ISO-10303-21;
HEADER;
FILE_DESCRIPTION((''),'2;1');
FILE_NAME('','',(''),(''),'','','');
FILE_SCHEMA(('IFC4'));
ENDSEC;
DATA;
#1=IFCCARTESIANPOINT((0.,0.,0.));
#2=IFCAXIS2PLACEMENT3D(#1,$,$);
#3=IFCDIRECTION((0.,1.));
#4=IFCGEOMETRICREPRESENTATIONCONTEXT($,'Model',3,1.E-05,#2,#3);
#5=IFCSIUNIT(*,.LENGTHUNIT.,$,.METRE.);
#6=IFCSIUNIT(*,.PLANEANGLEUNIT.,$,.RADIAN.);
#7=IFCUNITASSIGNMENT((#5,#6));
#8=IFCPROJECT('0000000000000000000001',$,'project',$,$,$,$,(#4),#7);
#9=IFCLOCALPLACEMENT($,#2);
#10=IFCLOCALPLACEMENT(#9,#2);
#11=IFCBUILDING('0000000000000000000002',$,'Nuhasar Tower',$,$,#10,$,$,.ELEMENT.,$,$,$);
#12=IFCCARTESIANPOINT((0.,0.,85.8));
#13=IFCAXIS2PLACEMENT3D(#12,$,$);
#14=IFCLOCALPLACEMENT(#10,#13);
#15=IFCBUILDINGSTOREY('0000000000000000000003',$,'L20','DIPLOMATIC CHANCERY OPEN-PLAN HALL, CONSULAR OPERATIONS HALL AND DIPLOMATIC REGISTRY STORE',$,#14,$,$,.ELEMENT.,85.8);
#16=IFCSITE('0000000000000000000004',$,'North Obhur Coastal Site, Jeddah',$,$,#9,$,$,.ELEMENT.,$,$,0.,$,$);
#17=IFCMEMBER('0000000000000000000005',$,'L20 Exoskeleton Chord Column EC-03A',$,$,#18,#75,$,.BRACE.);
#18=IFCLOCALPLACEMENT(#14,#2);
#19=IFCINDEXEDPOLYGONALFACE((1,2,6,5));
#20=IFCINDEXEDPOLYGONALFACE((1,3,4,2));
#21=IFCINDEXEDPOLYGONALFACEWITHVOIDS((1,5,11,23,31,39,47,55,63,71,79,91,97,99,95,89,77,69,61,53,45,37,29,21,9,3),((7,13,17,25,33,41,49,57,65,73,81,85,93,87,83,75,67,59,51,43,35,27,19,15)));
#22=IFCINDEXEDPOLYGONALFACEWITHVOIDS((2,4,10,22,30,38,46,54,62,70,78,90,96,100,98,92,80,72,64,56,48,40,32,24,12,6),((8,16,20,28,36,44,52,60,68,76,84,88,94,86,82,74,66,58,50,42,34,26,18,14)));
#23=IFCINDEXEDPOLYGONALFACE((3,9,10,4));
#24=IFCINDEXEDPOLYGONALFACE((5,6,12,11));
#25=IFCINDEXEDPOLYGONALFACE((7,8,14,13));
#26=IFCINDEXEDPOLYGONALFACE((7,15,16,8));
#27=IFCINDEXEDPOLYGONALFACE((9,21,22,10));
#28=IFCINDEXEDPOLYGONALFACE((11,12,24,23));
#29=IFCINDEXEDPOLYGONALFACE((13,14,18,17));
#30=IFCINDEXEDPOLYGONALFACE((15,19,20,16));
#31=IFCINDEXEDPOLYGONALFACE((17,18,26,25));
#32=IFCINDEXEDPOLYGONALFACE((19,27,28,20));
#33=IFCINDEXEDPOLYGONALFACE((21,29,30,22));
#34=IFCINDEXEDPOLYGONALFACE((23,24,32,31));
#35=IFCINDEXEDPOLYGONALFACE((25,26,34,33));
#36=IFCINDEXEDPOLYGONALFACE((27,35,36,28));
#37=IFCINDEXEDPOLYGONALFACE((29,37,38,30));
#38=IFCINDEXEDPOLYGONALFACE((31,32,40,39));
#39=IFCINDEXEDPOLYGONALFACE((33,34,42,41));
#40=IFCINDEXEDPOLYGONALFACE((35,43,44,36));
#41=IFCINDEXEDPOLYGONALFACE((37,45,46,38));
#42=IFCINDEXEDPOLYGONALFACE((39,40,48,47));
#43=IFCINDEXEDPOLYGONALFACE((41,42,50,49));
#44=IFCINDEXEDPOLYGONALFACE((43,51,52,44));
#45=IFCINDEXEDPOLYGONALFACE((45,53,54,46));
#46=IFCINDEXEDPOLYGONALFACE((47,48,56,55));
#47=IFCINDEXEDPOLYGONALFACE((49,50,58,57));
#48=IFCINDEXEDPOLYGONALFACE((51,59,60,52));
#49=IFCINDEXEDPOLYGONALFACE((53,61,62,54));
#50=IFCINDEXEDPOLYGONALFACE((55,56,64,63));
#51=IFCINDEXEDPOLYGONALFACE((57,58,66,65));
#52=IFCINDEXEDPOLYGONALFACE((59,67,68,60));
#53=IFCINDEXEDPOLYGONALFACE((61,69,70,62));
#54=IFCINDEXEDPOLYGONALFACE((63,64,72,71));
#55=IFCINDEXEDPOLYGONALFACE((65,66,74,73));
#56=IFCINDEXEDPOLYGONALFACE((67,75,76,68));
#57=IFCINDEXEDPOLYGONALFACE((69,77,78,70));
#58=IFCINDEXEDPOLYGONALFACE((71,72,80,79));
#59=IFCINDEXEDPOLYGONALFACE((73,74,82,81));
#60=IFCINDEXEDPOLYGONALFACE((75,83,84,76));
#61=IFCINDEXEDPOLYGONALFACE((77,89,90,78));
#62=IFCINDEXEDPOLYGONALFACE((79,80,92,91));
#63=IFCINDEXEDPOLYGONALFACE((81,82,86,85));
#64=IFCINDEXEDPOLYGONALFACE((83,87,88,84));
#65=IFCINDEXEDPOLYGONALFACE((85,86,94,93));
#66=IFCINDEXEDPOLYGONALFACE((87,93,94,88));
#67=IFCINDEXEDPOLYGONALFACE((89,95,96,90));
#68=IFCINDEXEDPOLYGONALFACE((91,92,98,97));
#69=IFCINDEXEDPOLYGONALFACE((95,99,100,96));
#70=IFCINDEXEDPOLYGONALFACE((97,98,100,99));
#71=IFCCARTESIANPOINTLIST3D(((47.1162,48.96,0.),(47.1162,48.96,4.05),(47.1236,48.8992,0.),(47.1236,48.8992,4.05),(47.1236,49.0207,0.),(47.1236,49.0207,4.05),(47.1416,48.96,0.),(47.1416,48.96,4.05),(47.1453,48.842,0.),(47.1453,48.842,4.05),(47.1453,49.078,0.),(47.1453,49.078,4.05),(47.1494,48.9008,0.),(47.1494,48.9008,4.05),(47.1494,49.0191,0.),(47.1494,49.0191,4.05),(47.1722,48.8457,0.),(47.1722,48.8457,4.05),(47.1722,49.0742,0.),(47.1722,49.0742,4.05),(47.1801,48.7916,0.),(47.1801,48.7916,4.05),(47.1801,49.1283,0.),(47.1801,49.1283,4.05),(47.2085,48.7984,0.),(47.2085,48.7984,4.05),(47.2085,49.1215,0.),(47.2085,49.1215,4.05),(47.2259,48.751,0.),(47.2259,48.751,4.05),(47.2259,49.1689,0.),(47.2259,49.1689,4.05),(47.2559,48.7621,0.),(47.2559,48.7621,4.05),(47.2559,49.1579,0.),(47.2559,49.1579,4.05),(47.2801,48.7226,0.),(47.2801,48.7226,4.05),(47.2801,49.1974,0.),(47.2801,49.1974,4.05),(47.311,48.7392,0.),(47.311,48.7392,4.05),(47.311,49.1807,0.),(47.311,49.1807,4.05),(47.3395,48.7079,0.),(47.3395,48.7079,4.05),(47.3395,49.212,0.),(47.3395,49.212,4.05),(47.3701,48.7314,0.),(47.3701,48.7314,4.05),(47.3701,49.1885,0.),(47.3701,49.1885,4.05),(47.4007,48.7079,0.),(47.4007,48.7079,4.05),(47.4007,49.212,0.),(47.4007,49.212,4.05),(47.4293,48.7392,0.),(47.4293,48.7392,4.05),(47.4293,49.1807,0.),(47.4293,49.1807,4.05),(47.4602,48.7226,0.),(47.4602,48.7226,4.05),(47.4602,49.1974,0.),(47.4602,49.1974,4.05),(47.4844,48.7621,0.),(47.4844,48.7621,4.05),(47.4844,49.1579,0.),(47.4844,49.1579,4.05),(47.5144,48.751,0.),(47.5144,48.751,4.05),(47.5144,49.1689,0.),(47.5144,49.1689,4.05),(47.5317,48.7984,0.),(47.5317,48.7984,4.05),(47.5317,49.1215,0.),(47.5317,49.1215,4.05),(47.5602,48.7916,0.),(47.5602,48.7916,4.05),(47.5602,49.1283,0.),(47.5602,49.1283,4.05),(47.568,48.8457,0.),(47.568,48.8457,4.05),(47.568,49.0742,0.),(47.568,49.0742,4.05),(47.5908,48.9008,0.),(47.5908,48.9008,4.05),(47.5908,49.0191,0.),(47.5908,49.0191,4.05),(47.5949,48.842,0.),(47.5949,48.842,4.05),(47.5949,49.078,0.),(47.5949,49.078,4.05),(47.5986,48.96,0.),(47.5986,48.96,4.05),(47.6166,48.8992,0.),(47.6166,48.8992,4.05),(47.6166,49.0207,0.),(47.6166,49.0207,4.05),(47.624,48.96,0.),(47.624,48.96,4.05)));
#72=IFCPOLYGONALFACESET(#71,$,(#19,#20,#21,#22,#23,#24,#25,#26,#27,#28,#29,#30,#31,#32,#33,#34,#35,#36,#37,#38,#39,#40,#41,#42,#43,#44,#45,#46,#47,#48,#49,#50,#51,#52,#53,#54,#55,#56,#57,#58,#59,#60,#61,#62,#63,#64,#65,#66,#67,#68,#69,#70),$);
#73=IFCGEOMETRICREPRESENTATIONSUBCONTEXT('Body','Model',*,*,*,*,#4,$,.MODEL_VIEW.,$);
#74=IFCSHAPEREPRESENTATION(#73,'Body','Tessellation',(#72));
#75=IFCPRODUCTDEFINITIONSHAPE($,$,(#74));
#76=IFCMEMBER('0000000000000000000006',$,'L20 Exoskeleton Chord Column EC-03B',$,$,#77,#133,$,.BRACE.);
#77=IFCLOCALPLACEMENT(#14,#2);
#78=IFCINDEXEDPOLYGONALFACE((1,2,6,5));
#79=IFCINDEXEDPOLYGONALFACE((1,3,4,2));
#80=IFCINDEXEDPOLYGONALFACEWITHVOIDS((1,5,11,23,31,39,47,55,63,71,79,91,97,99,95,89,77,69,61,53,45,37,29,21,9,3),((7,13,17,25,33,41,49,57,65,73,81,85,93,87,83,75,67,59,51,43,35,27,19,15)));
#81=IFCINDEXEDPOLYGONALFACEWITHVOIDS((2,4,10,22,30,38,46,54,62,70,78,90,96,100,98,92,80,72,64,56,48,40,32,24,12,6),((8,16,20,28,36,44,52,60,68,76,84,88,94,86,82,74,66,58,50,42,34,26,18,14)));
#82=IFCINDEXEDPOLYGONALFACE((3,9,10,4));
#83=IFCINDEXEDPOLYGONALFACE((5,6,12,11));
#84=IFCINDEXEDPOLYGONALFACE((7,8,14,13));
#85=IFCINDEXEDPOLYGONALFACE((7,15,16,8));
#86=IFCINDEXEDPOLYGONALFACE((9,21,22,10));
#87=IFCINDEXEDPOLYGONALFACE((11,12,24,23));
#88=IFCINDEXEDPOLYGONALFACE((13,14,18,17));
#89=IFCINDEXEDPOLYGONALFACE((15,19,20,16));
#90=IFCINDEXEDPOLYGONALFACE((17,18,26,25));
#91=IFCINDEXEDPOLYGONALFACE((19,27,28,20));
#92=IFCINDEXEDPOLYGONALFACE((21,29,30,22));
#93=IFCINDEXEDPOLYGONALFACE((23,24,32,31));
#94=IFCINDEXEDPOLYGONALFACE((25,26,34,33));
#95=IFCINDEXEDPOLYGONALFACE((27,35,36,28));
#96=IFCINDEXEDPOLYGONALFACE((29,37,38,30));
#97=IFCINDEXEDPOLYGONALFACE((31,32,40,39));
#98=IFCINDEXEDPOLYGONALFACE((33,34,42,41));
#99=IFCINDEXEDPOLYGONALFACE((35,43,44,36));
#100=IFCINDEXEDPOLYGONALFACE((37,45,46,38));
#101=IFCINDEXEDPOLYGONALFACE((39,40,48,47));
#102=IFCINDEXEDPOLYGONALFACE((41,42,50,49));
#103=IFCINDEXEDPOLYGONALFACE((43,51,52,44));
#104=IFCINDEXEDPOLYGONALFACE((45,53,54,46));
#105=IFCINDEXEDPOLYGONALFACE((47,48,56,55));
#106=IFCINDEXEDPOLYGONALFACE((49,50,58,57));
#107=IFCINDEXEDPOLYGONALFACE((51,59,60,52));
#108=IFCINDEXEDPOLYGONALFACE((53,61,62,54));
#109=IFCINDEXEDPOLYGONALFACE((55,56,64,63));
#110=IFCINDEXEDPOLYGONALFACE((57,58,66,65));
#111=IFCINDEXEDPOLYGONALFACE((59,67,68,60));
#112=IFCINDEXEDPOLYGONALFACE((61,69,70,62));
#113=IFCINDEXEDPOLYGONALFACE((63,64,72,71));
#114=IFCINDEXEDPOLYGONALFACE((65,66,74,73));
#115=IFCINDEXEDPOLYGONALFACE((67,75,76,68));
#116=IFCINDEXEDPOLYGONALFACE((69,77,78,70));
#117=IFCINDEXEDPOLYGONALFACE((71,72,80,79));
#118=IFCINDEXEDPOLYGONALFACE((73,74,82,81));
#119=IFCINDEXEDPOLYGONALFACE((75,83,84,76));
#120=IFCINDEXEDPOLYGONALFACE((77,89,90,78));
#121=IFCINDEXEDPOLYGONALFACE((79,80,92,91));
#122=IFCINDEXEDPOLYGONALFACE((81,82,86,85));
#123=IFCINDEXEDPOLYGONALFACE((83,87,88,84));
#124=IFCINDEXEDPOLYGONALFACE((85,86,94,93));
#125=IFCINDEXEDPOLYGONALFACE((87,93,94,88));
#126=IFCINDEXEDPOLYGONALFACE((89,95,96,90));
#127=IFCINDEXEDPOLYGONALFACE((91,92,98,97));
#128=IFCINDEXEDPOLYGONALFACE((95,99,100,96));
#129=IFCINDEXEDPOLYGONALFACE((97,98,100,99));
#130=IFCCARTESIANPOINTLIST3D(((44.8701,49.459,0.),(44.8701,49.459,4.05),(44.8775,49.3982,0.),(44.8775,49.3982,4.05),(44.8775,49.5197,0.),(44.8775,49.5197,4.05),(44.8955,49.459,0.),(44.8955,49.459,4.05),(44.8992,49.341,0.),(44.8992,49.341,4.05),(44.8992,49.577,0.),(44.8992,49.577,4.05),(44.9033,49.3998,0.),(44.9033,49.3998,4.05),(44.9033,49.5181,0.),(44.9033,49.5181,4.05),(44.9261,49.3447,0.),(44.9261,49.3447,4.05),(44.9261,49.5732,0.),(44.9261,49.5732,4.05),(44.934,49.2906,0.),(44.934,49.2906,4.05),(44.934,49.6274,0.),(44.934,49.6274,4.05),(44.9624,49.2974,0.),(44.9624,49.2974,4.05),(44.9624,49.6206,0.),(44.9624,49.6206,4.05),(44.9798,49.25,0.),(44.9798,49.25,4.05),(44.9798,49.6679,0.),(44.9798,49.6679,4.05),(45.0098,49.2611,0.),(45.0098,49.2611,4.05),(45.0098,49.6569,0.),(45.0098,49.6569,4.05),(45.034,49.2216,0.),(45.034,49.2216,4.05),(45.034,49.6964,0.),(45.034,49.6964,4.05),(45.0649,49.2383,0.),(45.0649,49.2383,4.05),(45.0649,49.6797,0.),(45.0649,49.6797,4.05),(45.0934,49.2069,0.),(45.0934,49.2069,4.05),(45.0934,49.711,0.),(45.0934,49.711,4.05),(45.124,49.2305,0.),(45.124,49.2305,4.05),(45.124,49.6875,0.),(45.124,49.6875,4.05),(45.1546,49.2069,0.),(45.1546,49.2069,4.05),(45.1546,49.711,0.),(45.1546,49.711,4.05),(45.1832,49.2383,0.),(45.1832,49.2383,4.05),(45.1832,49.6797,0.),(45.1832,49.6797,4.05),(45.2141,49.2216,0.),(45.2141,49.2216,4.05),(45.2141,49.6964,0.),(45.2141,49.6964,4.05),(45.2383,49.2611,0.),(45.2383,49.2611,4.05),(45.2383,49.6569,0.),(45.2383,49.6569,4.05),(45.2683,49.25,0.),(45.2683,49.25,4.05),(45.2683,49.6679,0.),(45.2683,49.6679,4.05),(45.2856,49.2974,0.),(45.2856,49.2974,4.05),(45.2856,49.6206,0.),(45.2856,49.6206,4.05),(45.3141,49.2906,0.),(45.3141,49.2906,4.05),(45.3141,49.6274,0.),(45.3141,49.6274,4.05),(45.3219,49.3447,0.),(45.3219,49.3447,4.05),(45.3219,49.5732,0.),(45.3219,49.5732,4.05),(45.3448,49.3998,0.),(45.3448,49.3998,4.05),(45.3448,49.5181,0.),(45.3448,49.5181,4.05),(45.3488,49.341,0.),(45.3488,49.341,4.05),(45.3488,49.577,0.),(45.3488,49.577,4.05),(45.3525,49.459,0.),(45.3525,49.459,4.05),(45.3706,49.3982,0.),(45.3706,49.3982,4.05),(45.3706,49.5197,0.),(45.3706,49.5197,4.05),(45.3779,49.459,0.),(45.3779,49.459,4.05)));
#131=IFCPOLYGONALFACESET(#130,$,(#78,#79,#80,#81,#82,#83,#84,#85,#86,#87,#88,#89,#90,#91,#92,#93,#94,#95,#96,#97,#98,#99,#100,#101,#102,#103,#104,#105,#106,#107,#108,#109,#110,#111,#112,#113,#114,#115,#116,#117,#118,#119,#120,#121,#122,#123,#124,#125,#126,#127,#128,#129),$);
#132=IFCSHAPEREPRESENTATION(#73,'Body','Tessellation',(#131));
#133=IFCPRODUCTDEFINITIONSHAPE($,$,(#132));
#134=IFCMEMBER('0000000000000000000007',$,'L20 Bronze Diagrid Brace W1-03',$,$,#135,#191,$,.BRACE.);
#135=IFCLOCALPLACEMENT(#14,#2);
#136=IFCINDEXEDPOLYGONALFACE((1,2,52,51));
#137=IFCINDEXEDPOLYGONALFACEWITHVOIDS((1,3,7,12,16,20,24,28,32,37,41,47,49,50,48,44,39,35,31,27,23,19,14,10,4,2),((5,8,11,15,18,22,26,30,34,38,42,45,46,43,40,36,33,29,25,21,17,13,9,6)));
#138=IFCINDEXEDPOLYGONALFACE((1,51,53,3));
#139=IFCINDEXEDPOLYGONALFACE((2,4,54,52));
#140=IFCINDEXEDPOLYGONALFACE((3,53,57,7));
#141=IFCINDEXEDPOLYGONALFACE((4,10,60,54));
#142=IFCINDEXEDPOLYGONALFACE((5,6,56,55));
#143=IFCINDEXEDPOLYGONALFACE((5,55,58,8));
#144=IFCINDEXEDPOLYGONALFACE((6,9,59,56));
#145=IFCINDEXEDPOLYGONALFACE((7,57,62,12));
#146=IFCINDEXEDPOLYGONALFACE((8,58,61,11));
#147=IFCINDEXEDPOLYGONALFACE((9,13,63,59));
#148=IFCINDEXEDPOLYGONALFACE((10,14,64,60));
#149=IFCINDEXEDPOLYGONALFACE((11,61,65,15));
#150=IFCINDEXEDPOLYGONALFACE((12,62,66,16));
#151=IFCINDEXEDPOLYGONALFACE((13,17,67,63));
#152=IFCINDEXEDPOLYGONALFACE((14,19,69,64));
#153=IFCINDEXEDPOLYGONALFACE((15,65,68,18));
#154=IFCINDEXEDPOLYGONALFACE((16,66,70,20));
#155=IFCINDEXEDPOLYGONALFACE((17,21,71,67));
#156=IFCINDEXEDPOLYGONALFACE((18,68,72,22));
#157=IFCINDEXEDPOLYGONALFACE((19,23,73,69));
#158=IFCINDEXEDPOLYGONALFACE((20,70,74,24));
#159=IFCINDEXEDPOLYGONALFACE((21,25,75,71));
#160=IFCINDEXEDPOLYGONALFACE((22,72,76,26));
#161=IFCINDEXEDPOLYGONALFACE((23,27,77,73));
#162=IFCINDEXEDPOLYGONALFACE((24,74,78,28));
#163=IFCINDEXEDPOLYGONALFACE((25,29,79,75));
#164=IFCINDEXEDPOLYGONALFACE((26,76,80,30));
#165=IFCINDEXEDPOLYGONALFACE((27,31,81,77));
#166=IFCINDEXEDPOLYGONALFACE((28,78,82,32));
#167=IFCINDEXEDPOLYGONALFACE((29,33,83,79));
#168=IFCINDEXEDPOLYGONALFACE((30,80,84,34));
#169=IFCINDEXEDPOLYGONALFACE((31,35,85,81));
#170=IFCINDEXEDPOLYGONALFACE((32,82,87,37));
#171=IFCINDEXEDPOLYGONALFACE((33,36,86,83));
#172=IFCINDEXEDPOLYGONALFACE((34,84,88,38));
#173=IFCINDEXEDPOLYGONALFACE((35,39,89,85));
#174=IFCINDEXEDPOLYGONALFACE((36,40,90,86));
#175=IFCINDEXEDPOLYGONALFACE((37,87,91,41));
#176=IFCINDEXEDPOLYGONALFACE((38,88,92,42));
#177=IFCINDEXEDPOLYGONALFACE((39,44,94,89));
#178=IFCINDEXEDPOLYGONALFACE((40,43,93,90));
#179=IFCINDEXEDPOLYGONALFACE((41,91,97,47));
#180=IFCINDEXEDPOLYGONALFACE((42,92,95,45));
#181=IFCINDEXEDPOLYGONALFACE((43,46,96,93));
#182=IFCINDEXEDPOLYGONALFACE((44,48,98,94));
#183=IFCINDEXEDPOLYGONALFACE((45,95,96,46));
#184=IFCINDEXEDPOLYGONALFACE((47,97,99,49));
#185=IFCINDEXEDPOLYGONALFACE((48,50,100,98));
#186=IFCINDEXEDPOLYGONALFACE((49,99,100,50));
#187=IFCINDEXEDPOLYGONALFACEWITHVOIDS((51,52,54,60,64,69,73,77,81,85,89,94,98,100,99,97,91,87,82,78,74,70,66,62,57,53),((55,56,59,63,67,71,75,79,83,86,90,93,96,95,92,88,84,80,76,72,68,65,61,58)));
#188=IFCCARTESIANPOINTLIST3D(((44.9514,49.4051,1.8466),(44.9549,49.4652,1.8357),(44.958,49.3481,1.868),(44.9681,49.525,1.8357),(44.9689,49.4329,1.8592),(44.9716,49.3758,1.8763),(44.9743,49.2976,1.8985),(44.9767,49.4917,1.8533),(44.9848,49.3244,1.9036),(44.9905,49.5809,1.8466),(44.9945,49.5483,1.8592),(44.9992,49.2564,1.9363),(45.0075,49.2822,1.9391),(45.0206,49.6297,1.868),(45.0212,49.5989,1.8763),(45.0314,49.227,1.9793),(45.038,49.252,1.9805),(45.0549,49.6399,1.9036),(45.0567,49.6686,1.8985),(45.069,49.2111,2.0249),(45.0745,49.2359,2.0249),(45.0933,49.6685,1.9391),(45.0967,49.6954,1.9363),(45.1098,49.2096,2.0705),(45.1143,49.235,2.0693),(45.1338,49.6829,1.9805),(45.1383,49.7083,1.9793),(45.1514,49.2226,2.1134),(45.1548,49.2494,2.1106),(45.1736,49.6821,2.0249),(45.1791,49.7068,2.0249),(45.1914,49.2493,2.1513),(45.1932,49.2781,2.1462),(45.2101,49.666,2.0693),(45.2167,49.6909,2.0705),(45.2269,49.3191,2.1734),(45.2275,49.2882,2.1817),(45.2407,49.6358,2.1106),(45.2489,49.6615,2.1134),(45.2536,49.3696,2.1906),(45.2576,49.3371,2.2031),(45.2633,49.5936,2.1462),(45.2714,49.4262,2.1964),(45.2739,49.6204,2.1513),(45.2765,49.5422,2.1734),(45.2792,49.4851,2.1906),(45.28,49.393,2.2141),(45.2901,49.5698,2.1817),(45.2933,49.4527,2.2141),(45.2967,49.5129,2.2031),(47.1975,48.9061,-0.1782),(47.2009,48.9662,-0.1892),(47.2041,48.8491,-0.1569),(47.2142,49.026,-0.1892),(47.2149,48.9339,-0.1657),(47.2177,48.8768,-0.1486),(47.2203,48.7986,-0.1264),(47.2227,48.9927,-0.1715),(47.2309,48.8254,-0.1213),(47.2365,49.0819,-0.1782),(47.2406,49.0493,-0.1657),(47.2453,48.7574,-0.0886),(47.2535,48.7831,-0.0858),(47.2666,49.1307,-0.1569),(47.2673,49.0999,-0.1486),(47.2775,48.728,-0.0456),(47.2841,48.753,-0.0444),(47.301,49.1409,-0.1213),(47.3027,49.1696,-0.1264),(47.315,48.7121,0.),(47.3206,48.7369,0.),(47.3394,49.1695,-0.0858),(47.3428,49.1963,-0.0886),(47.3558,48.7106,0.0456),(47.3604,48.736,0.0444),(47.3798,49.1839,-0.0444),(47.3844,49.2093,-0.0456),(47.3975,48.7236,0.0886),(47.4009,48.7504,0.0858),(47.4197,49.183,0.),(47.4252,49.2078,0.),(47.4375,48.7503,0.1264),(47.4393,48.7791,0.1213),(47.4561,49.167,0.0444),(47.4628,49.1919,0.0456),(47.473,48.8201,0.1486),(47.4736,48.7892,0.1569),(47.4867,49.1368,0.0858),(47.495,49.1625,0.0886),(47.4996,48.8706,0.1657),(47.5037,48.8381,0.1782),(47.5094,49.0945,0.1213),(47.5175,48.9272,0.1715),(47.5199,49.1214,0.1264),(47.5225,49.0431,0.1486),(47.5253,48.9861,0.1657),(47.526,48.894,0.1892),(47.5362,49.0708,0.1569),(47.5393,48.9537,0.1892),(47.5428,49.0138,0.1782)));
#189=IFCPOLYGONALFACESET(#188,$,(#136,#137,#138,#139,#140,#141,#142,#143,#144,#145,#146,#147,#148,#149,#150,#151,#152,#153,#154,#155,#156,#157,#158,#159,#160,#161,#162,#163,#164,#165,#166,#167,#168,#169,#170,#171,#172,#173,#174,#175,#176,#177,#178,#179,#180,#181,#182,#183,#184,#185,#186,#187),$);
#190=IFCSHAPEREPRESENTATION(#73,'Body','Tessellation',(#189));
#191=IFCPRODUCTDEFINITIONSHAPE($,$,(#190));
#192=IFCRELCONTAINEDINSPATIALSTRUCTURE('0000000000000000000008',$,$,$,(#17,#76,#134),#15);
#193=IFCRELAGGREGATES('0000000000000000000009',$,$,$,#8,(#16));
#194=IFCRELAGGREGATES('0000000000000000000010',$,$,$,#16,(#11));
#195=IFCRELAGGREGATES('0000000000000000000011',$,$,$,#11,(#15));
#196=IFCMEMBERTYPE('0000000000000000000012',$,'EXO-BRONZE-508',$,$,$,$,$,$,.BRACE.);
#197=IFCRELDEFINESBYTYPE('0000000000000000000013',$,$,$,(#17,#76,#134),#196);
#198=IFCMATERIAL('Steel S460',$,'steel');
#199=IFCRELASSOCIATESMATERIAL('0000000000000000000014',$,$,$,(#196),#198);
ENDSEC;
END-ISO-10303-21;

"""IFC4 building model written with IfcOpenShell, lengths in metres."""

from ifc_helpers import new_model, si_unit, direction, frame, origin, origin_2d, place, context, subcontext, project, spatial, hollow_circle, extrude, material, material_profile, profile_set, type_object, element, save


model = new_model("IFC4")

# Units and contexts
model_context = context("Model", 3, precision=1e-05, world=origin(), true_north=direction((0.0, 1.0)))
body_context = subcontext(model_context, "Body", "Model", "MODEL_VIEW")
ifc_project = project(units=[si_unit("LENGTHUNIT", "METRE"), si_unit("PLANEANGLEUNIT", "RADIAN")], contexts=[model_context])

# Site, building, storey
site_placement = place(None, origin())
site = spatial("IfcSite", under=ifc_project, at=site_placement, Name="North Obhur Coastal Site, Jeddah", CompositionType="ELEMENT", RefElevation=0.0)
building_placement = place(site_placement, origin())
building = spatial("IfcBuilding", under=site, at=building_placement, Name="Nuhasar Tower", CompositionType="ELEMENT")
storey_placement = place(building_placement, frame((0.0, 0.0, 85.8)))
storey = spatial("IfcBuildingStorey", under=building, at=storey_placement, Name="L20", Description="DIPLOMATIC CHANCERY OPEN-PLAN HALL, CONSULAR OPERATIONS HALL AND DIPLOMATIC REGISTRY STORE", CompositionType="ELEMENT", Elevation=85.8)

# Members
ifc_material_1 = material(Name="Steel S460", Category="steel")
ifc_material_profile_1 = material_profile(ifc_material_1, hollow_circle(Radius=0.2539, WallThickness=0.0254, at=origin_2d()), Name="HSS508X25.4")
ifc_profile_set_1 = profile_set([ifc_material_profile_1], Name="Steel S460")
member_type_1 = type_object("IfcMemberType", Name="EXO-BRONZE-508", PredefinedType="BRACE", material=ifc_profile_set_1)
for number, where, z_axis, x_axis, name in (
    (1, (47.3701, 48.96, 0.0), (0.0, 0.0, 1.0), (1.0, 0.0, 0.0), "L20 Exoskeleton Chord Column EC-03A"),
    (2, (45.124, 49.459, 0.0), (0.0, 0.0, 1.0), (1.0, 0.0, 0.0), "L20 Exoskeleton Chord Column EC-03B"),
):
    element("IfcMember", number, at=place(storey_placement, frame(where, z_axis=z_axis, x_axis=x_axis)), inside=storey, type_object=member_type_1, Name=name, PredefinedType="BRACE", context=body_context, shape_type="SweptSolid", body=[
        extrude(hollow_circle(Radius=0.2539, WallThickness=0.0254, at=origin_2d()), origin(), (0.0, 0.0, 1.0), 4.05),
    ])
member_1_placement = place(storey_placement, frame((47.3701, 48.96, 0.0), z_axis=(-0.732821, 0.162814, 0.660654), x_axis=(-0.216886, -0.976197, 0.0)))
element("IfcMember", 3, at=member_1_placement, inside=storey, type_object=member_type_1, Name="L20 Bronze Diagrid Brace W1-03", PredefinedType="BRACE", context=body_context, shape_type="SweptSolid", body=[
    extrude(hollow_circle(Radius=0.2539, WallThickness=0.0254, at=origin_2d()), origin(), (0.0, 0.0, 1.0), 3.0649),
])

save(model, "model.ifc")
